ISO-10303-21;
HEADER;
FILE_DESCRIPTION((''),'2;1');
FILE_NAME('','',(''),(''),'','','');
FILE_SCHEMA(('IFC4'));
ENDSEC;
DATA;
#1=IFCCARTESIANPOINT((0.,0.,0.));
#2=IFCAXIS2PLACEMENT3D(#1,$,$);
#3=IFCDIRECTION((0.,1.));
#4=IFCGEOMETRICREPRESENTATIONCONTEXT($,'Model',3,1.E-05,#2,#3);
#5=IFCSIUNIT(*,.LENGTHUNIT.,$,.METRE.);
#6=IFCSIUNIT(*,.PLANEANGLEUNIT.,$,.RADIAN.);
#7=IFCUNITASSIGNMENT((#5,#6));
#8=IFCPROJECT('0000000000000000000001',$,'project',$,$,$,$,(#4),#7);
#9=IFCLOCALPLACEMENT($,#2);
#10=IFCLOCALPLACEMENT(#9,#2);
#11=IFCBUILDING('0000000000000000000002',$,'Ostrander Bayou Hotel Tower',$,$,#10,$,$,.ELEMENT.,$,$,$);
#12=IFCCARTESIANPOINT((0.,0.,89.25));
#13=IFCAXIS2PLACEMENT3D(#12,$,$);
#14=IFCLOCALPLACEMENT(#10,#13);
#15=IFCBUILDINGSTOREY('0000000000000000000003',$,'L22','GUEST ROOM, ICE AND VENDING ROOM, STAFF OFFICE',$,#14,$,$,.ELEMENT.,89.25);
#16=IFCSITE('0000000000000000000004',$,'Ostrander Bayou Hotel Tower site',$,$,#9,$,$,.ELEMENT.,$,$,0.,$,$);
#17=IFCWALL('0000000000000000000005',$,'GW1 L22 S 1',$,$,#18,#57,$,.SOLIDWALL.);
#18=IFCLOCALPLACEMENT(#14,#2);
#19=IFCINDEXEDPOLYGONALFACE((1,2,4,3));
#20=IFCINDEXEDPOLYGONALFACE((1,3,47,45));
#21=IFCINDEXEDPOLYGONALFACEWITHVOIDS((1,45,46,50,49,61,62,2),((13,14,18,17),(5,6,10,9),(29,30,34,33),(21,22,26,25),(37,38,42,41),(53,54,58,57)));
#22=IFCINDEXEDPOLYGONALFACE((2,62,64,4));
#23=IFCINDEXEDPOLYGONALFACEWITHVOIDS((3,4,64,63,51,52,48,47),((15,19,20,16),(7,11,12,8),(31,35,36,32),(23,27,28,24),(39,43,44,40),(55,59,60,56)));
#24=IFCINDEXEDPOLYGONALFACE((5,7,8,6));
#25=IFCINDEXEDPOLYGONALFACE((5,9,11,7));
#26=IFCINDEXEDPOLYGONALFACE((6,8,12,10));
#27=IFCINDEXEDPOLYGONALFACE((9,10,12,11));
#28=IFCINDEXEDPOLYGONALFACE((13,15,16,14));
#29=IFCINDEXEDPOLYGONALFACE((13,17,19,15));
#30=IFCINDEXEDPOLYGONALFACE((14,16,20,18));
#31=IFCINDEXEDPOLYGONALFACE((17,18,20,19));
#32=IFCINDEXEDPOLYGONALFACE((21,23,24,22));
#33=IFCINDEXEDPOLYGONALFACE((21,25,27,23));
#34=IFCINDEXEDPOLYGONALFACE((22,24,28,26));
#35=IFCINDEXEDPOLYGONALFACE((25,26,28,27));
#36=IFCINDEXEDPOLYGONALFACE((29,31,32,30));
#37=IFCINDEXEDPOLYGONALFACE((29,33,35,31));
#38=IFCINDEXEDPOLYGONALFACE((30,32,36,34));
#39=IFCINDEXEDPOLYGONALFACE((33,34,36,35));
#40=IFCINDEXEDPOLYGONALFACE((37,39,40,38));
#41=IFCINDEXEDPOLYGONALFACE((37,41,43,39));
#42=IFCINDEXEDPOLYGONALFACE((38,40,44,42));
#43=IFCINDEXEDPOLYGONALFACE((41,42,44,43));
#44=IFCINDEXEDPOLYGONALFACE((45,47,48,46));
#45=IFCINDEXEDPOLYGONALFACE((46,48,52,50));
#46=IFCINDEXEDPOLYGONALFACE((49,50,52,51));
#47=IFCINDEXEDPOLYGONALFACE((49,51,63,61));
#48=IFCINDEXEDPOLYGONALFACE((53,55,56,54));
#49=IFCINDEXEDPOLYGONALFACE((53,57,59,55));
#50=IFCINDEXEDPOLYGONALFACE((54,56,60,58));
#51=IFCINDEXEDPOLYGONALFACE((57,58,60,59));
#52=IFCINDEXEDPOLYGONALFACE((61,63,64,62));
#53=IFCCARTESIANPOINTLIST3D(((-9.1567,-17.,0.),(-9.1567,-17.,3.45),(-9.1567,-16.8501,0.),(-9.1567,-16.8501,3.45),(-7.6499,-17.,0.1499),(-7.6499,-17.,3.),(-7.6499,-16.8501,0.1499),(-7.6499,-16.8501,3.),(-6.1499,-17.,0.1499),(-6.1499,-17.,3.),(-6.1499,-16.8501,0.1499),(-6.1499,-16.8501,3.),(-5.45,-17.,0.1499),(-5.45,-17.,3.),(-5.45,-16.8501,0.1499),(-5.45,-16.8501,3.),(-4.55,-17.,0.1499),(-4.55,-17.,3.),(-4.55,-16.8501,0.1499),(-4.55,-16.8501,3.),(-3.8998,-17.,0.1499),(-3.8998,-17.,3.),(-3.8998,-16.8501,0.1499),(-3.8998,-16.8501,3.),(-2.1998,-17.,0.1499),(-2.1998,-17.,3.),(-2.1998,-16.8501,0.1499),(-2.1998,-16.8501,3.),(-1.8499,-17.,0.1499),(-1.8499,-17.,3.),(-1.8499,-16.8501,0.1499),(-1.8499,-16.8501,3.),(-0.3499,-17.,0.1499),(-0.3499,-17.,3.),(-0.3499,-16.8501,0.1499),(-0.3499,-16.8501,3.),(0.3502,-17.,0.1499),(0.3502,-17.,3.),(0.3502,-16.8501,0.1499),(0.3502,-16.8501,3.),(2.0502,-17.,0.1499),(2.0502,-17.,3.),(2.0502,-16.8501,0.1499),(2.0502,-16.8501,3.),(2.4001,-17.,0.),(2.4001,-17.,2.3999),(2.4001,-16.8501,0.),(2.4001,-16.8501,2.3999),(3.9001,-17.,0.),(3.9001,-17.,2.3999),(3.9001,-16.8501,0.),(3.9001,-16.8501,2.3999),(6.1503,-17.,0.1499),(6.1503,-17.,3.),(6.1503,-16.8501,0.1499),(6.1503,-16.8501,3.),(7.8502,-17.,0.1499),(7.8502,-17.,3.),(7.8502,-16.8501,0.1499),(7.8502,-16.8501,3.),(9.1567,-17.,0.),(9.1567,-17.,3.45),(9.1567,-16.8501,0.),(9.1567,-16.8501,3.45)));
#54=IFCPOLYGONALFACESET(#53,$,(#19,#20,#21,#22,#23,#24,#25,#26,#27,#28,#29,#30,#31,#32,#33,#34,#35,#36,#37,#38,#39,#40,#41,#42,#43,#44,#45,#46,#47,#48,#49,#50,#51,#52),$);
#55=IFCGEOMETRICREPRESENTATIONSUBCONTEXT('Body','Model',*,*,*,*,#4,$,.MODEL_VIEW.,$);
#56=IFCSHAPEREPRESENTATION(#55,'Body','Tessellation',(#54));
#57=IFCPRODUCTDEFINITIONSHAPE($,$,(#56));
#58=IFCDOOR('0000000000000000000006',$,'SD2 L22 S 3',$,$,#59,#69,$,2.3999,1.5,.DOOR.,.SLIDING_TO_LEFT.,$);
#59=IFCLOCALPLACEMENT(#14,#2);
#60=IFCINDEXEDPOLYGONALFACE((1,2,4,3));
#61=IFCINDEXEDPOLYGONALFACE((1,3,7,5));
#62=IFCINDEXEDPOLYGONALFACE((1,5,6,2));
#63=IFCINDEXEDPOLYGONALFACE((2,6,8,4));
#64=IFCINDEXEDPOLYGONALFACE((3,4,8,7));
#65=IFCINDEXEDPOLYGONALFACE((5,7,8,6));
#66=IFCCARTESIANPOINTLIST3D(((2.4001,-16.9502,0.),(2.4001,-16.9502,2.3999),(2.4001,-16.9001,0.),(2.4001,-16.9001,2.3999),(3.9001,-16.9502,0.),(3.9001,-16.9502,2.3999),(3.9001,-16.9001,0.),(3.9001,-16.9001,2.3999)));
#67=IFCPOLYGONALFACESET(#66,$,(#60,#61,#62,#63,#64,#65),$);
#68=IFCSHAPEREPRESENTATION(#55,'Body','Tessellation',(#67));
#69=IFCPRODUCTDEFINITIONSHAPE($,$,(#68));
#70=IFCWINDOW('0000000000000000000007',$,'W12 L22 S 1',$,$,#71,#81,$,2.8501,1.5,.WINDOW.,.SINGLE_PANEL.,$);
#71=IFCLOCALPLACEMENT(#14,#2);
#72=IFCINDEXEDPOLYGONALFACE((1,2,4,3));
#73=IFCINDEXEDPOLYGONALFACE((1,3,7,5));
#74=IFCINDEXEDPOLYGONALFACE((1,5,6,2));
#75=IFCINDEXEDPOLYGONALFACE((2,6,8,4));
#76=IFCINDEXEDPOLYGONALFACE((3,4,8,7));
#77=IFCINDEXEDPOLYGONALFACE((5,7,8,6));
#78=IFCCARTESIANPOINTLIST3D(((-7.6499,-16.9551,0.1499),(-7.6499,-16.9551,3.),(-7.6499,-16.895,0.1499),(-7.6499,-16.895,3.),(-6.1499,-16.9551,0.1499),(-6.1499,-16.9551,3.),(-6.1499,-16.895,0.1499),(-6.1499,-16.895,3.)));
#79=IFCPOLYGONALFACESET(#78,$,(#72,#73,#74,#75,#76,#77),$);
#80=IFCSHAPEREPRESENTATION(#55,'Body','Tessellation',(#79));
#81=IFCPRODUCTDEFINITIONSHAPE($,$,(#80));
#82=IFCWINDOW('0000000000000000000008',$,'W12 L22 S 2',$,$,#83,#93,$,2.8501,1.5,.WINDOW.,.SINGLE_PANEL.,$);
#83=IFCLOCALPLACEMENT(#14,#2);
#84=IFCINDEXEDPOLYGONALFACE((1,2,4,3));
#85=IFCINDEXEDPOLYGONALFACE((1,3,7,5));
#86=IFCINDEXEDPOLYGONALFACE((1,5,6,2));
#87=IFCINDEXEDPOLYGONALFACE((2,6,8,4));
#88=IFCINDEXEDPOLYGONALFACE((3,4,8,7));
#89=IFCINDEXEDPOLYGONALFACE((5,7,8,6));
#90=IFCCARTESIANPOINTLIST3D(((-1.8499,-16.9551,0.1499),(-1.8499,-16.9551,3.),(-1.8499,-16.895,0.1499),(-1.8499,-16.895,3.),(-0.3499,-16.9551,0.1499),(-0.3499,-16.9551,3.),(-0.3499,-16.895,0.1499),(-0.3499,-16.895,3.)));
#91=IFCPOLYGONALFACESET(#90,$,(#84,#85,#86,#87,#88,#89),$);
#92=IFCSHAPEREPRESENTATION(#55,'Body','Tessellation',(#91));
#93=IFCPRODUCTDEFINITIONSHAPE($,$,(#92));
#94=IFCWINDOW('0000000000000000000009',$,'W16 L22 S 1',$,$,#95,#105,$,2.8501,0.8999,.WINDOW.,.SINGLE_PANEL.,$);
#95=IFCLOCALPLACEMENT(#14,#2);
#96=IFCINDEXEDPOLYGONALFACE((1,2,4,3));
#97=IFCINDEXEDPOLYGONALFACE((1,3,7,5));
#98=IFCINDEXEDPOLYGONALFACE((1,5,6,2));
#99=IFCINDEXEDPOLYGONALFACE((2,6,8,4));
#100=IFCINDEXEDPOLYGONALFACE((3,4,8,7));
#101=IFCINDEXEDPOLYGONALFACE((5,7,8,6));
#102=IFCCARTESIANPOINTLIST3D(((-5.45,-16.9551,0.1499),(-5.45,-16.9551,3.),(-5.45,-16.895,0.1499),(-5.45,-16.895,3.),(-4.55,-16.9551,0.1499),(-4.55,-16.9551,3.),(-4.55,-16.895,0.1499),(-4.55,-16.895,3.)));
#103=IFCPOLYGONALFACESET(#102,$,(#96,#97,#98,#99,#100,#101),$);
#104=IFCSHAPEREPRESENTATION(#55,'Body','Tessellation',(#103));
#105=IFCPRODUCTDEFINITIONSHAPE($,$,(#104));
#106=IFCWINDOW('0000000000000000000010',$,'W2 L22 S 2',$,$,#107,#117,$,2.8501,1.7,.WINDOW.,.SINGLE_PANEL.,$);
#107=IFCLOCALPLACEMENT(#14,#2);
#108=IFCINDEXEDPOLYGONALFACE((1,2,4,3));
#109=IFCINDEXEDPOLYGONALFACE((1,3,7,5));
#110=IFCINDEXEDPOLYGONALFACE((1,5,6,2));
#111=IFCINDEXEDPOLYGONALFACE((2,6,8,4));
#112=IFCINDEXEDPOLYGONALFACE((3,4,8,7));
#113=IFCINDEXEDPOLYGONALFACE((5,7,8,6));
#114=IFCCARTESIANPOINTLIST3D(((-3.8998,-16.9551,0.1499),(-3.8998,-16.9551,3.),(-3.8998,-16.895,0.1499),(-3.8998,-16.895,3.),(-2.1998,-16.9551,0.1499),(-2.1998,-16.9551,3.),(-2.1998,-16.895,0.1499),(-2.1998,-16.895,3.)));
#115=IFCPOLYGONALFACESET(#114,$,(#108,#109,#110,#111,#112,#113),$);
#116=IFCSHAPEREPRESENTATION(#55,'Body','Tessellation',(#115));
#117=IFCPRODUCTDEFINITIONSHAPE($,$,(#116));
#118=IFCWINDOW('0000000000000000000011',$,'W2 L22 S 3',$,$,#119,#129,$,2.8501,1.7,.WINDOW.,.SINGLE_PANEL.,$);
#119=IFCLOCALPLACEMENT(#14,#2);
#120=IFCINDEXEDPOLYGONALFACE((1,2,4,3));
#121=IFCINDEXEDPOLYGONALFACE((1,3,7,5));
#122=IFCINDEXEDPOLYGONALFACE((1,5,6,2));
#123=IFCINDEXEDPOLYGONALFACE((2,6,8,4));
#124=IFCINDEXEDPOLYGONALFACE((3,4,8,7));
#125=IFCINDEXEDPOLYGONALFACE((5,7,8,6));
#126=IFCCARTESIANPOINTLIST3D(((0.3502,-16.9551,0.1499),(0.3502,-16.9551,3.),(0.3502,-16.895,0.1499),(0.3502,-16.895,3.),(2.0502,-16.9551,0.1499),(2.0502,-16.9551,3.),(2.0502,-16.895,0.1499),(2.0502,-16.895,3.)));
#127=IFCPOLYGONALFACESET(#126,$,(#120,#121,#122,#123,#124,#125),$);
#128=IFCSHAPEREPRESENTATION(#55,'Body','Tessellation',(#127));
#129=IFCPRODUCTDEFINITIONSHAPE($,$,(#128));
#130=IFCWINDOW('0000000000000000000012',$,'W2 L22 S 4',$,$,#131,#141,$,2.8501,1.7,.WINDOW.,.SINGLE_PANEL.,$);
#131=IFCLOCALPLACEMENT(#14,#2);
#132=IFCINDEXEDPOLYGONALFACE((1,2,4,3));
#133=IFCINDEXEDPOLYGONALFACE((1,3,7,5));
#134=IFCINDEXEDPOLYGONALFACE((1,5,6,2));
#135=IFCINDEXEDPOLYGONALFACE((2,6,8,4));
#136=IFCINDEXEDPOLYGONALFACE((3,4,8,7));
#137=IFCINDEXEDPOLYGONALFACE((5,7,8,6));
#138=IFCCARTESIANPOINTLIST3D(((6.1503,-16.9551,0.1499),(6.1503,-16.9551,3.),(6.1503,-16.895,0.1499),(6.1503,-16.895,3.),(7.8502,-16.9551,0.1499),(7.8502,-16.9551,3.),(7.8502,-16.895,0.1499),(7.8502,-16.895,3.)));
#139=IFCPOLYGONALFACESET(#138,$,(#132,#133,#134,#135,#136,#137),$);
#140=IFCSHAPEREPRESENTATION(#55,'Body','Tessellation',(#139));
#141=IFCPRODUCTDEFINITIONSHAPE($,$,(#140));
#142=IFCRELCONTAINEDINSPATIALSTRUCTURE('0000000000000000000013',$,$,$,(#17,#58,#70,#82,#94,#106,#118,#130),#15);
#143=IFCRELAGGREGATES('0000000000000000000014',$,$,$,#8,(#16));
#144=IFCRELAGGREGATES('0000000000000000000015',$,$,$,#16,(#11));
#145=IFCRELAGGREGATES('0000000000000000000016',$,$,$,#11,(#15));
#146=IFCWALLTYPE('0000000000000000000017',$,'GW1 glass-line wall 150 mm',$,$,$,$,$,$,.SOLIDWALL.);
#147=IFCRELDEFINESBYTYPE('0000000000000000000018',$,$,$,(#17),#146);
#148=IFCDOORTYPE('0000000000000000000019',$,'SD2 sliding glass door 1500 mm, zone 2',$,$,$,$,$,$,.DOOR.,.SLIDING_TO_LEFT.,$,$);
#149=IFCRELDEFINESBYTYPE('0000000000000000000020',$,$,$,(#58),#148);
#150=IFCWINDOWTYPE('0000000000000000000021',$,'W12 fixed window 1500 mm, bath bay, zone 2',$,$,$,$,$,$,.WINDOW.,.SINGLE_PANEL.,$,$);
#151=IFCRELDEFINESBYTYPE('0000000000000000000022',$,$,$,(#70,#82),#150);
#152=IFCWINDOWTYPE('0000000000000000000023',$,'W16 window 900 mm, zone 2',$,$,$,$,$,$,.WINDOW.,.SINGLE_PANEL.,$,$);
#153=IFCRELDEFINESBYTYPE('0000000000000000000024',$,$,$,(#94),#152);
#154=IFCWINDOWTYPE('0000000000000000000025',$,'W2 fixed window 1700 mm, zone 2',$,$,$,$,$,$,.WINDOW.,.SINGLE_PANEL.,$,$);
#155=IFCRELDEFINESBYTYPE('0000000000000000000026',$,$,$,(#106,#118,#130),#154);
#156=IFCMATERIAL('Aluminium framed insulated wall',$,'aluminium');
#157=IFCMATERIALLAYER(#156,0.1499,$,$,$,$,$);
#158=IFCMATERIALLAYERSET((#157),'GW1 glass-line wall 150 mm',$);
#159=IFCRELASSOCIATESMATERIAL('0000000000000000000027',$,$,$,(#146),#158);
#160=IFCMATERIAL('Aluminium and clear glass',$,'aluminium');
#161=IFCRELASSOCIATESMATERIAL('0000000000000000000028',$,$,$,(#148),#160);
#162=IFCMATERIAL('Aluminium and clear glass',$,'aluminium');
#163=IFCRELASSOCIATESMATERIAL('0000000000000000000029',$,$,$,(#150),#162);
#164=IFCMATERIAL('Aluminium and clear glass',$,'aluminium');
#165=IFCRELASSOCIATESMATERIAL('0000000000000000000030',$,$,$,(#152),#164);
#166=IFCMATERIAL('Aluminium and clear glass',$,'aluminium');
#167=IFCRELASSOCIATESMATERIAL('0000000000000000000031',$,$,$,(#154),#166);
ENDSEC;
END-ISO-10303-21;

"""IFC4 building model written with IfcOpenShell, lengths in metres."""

from ifc_helpers import new_model, si_unit, direction, frame, frame_2d, origin, place, context, subcontext, project, spatial, rectangle, extrude, material, layer, layer_set, type_object, element, fill, save


model = new_model("IFC4")

# Units and contexts
model_context = context("Model", 3, precision=1e-05, world=origin(), true_north=direction((0.0, 1.0)))
body_context = subcontext(model_context, "Body", "Model", "MODEL_VIEW")
ifc_project = project(units=[si_unit("LENGTHUNIT", "METRE"), si_unit("PLANEANGLEUNIT", "RADIAN")], contexts=[model_context])

# Site, building, storey
site_placement = place(None, origin())
site = spatial("IfcSite", under=ifc_project, at=site_placement, Name="Ostrander Bayou Hotel Tower site", CompositionType="ELEMENT", RefElevation=0.0)
building_placement = place(site_placement, origin())
building = spatial("IfcBuilding", under=site, at=building_placement, Name="Ostrander Bayou Hotel Tower", CompositionType="ELEMENT")
storey_placement = place(building_placement, frame((0.0, 0.0, 89.25)))
storey = spatial("IfcBuildingStorey", under=building, at=storey_placement, Name="L22", Description="GUEST ROOM, ICE AND VENDING ROOM, STAFF OFFICE", CompositionType="ELEMENT", Elevation=89.25)

# Wall, openings, door, windows
ifc_material_1 = material(Name="Aluminium framed insulated wall", Category="aluminium")
ifc_layer_1 = layer(ifc_material_1, 0.1499)
ifc_layer_set_1 = layer_set([ifc_layer_1], Name="GW1 glass-line wall 150 mm")
wall_type_1 = type_object("IfcWallType", Name="GW1 glass-line wall 150 mm", PredefinedType="SOLIDWALL", material=ifc_layer_set_1)
wall_1_placement = place(storey_placement, frame((-9.1567, -16.925, 0.0), z_axis=(0.0, 0.0, 1.0), x_axis=(1.0, 0.0, 0.0)))
wall_1 = element("IfcWall", 1, at=wall_1_placement, inside=storey, type_object=wall_type_1, Name="GW1 L22 S 1", PredefinedType="SOLIDWALL", context=body_context, shape_type="SweptSolid", body=[
    extrude(rectangle(XDim=18.3135, YDim=0.1499, at=frame_2d((9.1567, 0.0))), origin(), (0.0, 0.0, 1.0), 3.45),
])
opening_1_placement = place(wall_1_placement, frame((3.7068, 0.0, 0.1499)))
opening_1 = element("IfcOpeningElement", 2, at=opening_1_placement, cuts=wall_1, PredefinedType="OPENING", context=body_context, shape_type="SweptSolid", body=[
    extrude(rectangle(XDim=0.8999, YDim=2.8501, at=frame_2d((0.45, 1.425))), frame((0.0, 0.075, 0.0), z_axis=(0.0, -1.0, 0.0), x_axis=(1.0, 0.0, 0.0)), (0.0, 0.0, 1.0), 0.1499),
])
opening_2_placement = place(wall_1_placement, frame((1.5068, 0.0, 0.1499)))
opening_2 = element("IfcOpeningElement", 3, at=opening_2_placement, cuts=wall_1, PredefinedType="OPENING", context=body_context, shape_type="SweptSolid", body=[
    extrude(rectangle(XDim=1.5, YDim=2.8501, at=frame_2d((0.75, 1.425))), frame((0.0, 0.075, 0.0), z_axis=(0.0, -1.0, 0.0), x_axis=(1.0, 0.0, 0.0)), (0.0, 0.0, 1.0), 0.1499),
])
opening_3_placement = place(wall_1_placement, frame((5.2568, 0.0, 0.1499)))
opening_3 = element("IfcOpeningElement", 4, at=opening_3_placement, cuts=wall_1, PredefinedType="OPENING", context=body_context, shape_type="SweptSolid", body=[
    extrude(rectangle(XDim=1.7, YDim=2.8501, at=frame_2d((0.8501, 1.425))), frame((0.0, 0.075, 0.0), z_axis=(0.0, -1.0, 0.0), x_axis=(1.0, 0.0, 0.0)), (0.0, 0.0, 1.0), 0.1499),
])
opening_4_placement = place(wall_1_placement, frame((7.3069, 0.0, 0.1499)))
opening_4 = element("IfcOpeningElement", 5, at=opening_4_placement, cuts=wall_1, PredefinedType="OPENING", context=body_context, shape_type="SweptSolid", body=[
    extrude(rectangle(XDim=1.5, YDim=2.8501, at=frame_2d((0.75, 1.425))), frame((0.0, 0.075, 0.0), z_axis=(0.0, -1.0, 0.0), x_axis=(1.0, 0.0, 0.0)), (0.0, 0.0, 1.0), 0.1499),
])
opening_5_placement = place(wall_1_placement, frame((9.5068, 0.0, 0.1499)))
opening_5 = element("IfcOpeningElement", 6, at=opening_5_placement, cuts=wall_1, PredefinedType="OPENING", context=body_context, shape_type="SweptSolid", body=[
    extrude(rectangle(XDim=1.7, YDim=2.8501, at=frame_2d((0.8501, 1.425))), frame((0.0, 0.075, 0.0), z_axis=(0.0, -1.0, 0.0), x_axis=(1.0, 0.0, 0.0)), (0.0, 0.0, 1.0), 0.1499),
])
opening_6_placement = place(wall_1_placement, frame((11.5569, 0.0, 0.0)))
opening_6 = element("IfcOpeningElement", 7, at=opening_6_placement, cuts=wall_1, PredefinedType="OPENING", context=body_context, shape_type="SweptSolid", body=[
    extrude(rectangle(XDim=1.5, YDim=2.3999, at=frame_2d((0.75, 1.2))), frame((0.0, 0.075, 0.0), z_axis=(0.0, -1.0, 0.0), x_axis=(1.0, 0.0, 0.0)), (0.0, 0.0, 1.0), 0.1499),
])
opening_7_placement = place(wall_1_placement, frame((15.3069, 0.0, 0.1499)))
opening_7 = element("IfcOpeningElement", 8, at=opening_7_placement, cuts=wall_1, PredefinedType="OPENING", context=body_context, shape_type="SweptSolid", body=[
    extrude(rectangle(XDim=1.7, YDim=2.8501, at=frame_2d((0.8501, 1.425))), frame((0.0, 0.075, 0.0), z_axis=(0.0, -1.0, 0.0), x_axis=(1.0, 0.0, 0.0)), (0.0, 0.0, 1.0), 0.1499),
])
ifc_material_2 = material(Name="Aluminium and clear glass", Category="aluminium")
door_type = type_object("IfcDoorType", Name="SD2 sliding glass door 1500 mm, zone 2", OperationType="SLIDING_TO_LEFT", PredefinedType="DOOR", material=ifc_material_2)
door_placement = place(opening_6_placement, origin())
door = element("IfcDoor", 9, at=door_placement, inside=storey, type_object=door_type, Name="SD2 L22 S 3", OperationType="SLIDING_TO_LEFT", OverallHeight=2.3999, OverallWidth=1.5, PredefinedType="DOOR", context=body_context, shape_type="SweptSolid", body=[
    extrude(rectangle(XDim=1.5, YDim=2.3999, at=frame_2d((0.75, 1.2))), frame((0.0, 0.0249, 0.0), z_axis=(0.0, -1.0, 0.0), x_axis=(1.0, 0.0, 0.0)), (0.0, 0.0, 1.0), 0.05),
])
fill(opening_6, door)
ifc_material_3 = material(Name="Aluminium and clear glass", Category="aluminium")
window_type_1 = type_object("IfcWindowType", Name="W12 fixed window 1500 mm, bath bay, zone 2", PartitioningType="SINGLE_PANEL", PredefinedType="WINDOW", material=ifc_material_3)
window_1_placement = place(opening_2_placement, origin())
window_1 = element("IfcWindow", 10, at=window_1_placement, inside=storey, type_object=window_type_1, Name="W12 L22 S 1", OverallHeight=2.8501, OverallWidth=1.5, PartitioningType="SINGLE_PANEL", PredefinedType="WINDOW", context=body_context, shape_type="SweptSolid", body=[
    extrude(rectangle(XDim=1.5, YDim=2.8501, at=frame_2d((0.75, 1.425))), frame((0.0, 0.03, 0.0), z_axis=(0.0, -1.0, 0.0), x_axis=(1.0, 0.0, 0.0)), (0.0, 0.0, 1.0), 0.0601),
])
fill(opening_2, window_1)
window_2_placement = place(opening_4_placement, origin())
window_2 = element("IfcWindow", 11, at=window_2_placement, inside=storey, type_object=window_type_1, Name="W12 L22 S 2", OverallHeight=2.8501, OverallWidth=1.5, PartitioningType="SINGLE_PANEL", PredefinedType="WINDOW", context=body_context, shape_type="SweptSolid", body=[
    extrude(rectangle(XDim=1.5, YDim=2.8501, at=frame_2d((0.75, 1.425))), frame((0.0, 0.03, 0.0), z_axis=(0.0, -1.0, 0.0), x_axis=(1.0, 0.0, 0.0)), (0.0, 0.0, 1.0), 0.0601),
])
fill(opening_4, window_2)
ifc_material_4 = material(Name="Aluminium and clear glass", Category="aluminium")
window_type_2 = type_object("IfcWindowType", Name="W16 window 900 mm, zone 2", PartitioningType="SINGLE_PANEL", PredefinedType="WINDOW", material=ifc_material_4)
window_3_placement = place(opening_1_placement, origin())
window_3 = element("IfcWindow", 12, at=window_3_placement, inside=storey, type_object=window_type_2, Name="W16 L22 S 1", OverallHeight=2.8501, OverallWidth=0.8999, PartitioningType="SINGLE_PANEL", PredefinedType="WINDOW", context=body_context, shape_type="SweptSolid", body=[
    extrude(rectangle(XDim=0.8999, YDim=2.8501, at=frame_2d((0.45, 1.425))), frame((0.0, 0.03, 0.0), z_axis=(0.0, -1.0, 0.0), x_axis=(1.0, 0.0, 0.0)), (0.0, 0.0, 1.0), 0.0601),
])
fill(opening_1, window_3)
ifc_material_5 = material(Name="Aluminium and clear glass", Category="aluminium")
window_type_3 = type_object("IfcWindowType", Name="W2 fixed window 1700 mm, zone 2", PartitioningType="SINGLE_PANEL", PredefinedType="WINDOW", material=ifc_material_5)
window_4_placement = place(opening_3_placement, origin())
window_4 = element("IfcWindow", 13, at=window_4_placement, inside=storey, type_object=window_type_3, Name="W2 L22 S 2", OverallHeight=2.8501, OverallWidth=1.7, PartitioningType="SINGLE_PANEL", PredefinedType="WINDOW", context=body_context, shape_type="SweptSolid", body=[
    extrude(rectangle(XDim=1.7, YDim=2.8501, at=frame_2d((0.8501, 1.425))), frame((0.0, 0.03, 0.0), z_axis=(0.0, -1.0, 0.0), x_axis=(1.0, 0.0, 0.0)), (0.0, 0.0, 1.0), 0.0601),
])
fill(opening_3, window_4)
window_5_placement = place(opening_5_placement, origin())
window_5 = element("IfcWindow", 14, at=window_5_placement, inside=storey, type_object=window_type_3, Name="W2 L22 S 3", OverallHeight=2.8501, OverallWidth=1.7, PartitioningType="SINGLE_PANEL", PredefinedType="WINDOW", context=body_context, shape_type="SweptSolid", body=[
    extrude(rectangle(XDim=1.7, YDim=2.8501, at=frame_2d((0.8501, 1.425))), frame((0.0, 0.03, 0.0), z_axis=(0.0, -1.0, 0.0), x_axis=(1.0, 0.0, 0.0)), (0.0, 0.0, 1.0), 0.0601),
])
fill(opening_5, window_5)
window_6_placement = place(opening_7_placement, origin())
window_6 = element("IfcWindow", 15, at=window_6_placement, inside=storey, type_object=window_type_3, Name="W2 L22 S 4", OverallHeight=2.8501, OverallWidth=1.7, PartitioningType="SINGLE_PANEL", PredefinedType="WINDOW", context=body_context, shape_type="SweptSolid", body=[
    extrude(rectangle(XDim=1.7, YDim=2.8501, at=frame_2d((0.8501, 1.425))), frame((0.0, 0.03, 0.0), z_axis=(0.0, -1.0, 0.0), x_axis=(1.0, 0.0, 0.0)), (0.0, 0.0, 1.0), 0.0601),
])
fill(opening_7, window_6)

save(model, "model.ifc")
